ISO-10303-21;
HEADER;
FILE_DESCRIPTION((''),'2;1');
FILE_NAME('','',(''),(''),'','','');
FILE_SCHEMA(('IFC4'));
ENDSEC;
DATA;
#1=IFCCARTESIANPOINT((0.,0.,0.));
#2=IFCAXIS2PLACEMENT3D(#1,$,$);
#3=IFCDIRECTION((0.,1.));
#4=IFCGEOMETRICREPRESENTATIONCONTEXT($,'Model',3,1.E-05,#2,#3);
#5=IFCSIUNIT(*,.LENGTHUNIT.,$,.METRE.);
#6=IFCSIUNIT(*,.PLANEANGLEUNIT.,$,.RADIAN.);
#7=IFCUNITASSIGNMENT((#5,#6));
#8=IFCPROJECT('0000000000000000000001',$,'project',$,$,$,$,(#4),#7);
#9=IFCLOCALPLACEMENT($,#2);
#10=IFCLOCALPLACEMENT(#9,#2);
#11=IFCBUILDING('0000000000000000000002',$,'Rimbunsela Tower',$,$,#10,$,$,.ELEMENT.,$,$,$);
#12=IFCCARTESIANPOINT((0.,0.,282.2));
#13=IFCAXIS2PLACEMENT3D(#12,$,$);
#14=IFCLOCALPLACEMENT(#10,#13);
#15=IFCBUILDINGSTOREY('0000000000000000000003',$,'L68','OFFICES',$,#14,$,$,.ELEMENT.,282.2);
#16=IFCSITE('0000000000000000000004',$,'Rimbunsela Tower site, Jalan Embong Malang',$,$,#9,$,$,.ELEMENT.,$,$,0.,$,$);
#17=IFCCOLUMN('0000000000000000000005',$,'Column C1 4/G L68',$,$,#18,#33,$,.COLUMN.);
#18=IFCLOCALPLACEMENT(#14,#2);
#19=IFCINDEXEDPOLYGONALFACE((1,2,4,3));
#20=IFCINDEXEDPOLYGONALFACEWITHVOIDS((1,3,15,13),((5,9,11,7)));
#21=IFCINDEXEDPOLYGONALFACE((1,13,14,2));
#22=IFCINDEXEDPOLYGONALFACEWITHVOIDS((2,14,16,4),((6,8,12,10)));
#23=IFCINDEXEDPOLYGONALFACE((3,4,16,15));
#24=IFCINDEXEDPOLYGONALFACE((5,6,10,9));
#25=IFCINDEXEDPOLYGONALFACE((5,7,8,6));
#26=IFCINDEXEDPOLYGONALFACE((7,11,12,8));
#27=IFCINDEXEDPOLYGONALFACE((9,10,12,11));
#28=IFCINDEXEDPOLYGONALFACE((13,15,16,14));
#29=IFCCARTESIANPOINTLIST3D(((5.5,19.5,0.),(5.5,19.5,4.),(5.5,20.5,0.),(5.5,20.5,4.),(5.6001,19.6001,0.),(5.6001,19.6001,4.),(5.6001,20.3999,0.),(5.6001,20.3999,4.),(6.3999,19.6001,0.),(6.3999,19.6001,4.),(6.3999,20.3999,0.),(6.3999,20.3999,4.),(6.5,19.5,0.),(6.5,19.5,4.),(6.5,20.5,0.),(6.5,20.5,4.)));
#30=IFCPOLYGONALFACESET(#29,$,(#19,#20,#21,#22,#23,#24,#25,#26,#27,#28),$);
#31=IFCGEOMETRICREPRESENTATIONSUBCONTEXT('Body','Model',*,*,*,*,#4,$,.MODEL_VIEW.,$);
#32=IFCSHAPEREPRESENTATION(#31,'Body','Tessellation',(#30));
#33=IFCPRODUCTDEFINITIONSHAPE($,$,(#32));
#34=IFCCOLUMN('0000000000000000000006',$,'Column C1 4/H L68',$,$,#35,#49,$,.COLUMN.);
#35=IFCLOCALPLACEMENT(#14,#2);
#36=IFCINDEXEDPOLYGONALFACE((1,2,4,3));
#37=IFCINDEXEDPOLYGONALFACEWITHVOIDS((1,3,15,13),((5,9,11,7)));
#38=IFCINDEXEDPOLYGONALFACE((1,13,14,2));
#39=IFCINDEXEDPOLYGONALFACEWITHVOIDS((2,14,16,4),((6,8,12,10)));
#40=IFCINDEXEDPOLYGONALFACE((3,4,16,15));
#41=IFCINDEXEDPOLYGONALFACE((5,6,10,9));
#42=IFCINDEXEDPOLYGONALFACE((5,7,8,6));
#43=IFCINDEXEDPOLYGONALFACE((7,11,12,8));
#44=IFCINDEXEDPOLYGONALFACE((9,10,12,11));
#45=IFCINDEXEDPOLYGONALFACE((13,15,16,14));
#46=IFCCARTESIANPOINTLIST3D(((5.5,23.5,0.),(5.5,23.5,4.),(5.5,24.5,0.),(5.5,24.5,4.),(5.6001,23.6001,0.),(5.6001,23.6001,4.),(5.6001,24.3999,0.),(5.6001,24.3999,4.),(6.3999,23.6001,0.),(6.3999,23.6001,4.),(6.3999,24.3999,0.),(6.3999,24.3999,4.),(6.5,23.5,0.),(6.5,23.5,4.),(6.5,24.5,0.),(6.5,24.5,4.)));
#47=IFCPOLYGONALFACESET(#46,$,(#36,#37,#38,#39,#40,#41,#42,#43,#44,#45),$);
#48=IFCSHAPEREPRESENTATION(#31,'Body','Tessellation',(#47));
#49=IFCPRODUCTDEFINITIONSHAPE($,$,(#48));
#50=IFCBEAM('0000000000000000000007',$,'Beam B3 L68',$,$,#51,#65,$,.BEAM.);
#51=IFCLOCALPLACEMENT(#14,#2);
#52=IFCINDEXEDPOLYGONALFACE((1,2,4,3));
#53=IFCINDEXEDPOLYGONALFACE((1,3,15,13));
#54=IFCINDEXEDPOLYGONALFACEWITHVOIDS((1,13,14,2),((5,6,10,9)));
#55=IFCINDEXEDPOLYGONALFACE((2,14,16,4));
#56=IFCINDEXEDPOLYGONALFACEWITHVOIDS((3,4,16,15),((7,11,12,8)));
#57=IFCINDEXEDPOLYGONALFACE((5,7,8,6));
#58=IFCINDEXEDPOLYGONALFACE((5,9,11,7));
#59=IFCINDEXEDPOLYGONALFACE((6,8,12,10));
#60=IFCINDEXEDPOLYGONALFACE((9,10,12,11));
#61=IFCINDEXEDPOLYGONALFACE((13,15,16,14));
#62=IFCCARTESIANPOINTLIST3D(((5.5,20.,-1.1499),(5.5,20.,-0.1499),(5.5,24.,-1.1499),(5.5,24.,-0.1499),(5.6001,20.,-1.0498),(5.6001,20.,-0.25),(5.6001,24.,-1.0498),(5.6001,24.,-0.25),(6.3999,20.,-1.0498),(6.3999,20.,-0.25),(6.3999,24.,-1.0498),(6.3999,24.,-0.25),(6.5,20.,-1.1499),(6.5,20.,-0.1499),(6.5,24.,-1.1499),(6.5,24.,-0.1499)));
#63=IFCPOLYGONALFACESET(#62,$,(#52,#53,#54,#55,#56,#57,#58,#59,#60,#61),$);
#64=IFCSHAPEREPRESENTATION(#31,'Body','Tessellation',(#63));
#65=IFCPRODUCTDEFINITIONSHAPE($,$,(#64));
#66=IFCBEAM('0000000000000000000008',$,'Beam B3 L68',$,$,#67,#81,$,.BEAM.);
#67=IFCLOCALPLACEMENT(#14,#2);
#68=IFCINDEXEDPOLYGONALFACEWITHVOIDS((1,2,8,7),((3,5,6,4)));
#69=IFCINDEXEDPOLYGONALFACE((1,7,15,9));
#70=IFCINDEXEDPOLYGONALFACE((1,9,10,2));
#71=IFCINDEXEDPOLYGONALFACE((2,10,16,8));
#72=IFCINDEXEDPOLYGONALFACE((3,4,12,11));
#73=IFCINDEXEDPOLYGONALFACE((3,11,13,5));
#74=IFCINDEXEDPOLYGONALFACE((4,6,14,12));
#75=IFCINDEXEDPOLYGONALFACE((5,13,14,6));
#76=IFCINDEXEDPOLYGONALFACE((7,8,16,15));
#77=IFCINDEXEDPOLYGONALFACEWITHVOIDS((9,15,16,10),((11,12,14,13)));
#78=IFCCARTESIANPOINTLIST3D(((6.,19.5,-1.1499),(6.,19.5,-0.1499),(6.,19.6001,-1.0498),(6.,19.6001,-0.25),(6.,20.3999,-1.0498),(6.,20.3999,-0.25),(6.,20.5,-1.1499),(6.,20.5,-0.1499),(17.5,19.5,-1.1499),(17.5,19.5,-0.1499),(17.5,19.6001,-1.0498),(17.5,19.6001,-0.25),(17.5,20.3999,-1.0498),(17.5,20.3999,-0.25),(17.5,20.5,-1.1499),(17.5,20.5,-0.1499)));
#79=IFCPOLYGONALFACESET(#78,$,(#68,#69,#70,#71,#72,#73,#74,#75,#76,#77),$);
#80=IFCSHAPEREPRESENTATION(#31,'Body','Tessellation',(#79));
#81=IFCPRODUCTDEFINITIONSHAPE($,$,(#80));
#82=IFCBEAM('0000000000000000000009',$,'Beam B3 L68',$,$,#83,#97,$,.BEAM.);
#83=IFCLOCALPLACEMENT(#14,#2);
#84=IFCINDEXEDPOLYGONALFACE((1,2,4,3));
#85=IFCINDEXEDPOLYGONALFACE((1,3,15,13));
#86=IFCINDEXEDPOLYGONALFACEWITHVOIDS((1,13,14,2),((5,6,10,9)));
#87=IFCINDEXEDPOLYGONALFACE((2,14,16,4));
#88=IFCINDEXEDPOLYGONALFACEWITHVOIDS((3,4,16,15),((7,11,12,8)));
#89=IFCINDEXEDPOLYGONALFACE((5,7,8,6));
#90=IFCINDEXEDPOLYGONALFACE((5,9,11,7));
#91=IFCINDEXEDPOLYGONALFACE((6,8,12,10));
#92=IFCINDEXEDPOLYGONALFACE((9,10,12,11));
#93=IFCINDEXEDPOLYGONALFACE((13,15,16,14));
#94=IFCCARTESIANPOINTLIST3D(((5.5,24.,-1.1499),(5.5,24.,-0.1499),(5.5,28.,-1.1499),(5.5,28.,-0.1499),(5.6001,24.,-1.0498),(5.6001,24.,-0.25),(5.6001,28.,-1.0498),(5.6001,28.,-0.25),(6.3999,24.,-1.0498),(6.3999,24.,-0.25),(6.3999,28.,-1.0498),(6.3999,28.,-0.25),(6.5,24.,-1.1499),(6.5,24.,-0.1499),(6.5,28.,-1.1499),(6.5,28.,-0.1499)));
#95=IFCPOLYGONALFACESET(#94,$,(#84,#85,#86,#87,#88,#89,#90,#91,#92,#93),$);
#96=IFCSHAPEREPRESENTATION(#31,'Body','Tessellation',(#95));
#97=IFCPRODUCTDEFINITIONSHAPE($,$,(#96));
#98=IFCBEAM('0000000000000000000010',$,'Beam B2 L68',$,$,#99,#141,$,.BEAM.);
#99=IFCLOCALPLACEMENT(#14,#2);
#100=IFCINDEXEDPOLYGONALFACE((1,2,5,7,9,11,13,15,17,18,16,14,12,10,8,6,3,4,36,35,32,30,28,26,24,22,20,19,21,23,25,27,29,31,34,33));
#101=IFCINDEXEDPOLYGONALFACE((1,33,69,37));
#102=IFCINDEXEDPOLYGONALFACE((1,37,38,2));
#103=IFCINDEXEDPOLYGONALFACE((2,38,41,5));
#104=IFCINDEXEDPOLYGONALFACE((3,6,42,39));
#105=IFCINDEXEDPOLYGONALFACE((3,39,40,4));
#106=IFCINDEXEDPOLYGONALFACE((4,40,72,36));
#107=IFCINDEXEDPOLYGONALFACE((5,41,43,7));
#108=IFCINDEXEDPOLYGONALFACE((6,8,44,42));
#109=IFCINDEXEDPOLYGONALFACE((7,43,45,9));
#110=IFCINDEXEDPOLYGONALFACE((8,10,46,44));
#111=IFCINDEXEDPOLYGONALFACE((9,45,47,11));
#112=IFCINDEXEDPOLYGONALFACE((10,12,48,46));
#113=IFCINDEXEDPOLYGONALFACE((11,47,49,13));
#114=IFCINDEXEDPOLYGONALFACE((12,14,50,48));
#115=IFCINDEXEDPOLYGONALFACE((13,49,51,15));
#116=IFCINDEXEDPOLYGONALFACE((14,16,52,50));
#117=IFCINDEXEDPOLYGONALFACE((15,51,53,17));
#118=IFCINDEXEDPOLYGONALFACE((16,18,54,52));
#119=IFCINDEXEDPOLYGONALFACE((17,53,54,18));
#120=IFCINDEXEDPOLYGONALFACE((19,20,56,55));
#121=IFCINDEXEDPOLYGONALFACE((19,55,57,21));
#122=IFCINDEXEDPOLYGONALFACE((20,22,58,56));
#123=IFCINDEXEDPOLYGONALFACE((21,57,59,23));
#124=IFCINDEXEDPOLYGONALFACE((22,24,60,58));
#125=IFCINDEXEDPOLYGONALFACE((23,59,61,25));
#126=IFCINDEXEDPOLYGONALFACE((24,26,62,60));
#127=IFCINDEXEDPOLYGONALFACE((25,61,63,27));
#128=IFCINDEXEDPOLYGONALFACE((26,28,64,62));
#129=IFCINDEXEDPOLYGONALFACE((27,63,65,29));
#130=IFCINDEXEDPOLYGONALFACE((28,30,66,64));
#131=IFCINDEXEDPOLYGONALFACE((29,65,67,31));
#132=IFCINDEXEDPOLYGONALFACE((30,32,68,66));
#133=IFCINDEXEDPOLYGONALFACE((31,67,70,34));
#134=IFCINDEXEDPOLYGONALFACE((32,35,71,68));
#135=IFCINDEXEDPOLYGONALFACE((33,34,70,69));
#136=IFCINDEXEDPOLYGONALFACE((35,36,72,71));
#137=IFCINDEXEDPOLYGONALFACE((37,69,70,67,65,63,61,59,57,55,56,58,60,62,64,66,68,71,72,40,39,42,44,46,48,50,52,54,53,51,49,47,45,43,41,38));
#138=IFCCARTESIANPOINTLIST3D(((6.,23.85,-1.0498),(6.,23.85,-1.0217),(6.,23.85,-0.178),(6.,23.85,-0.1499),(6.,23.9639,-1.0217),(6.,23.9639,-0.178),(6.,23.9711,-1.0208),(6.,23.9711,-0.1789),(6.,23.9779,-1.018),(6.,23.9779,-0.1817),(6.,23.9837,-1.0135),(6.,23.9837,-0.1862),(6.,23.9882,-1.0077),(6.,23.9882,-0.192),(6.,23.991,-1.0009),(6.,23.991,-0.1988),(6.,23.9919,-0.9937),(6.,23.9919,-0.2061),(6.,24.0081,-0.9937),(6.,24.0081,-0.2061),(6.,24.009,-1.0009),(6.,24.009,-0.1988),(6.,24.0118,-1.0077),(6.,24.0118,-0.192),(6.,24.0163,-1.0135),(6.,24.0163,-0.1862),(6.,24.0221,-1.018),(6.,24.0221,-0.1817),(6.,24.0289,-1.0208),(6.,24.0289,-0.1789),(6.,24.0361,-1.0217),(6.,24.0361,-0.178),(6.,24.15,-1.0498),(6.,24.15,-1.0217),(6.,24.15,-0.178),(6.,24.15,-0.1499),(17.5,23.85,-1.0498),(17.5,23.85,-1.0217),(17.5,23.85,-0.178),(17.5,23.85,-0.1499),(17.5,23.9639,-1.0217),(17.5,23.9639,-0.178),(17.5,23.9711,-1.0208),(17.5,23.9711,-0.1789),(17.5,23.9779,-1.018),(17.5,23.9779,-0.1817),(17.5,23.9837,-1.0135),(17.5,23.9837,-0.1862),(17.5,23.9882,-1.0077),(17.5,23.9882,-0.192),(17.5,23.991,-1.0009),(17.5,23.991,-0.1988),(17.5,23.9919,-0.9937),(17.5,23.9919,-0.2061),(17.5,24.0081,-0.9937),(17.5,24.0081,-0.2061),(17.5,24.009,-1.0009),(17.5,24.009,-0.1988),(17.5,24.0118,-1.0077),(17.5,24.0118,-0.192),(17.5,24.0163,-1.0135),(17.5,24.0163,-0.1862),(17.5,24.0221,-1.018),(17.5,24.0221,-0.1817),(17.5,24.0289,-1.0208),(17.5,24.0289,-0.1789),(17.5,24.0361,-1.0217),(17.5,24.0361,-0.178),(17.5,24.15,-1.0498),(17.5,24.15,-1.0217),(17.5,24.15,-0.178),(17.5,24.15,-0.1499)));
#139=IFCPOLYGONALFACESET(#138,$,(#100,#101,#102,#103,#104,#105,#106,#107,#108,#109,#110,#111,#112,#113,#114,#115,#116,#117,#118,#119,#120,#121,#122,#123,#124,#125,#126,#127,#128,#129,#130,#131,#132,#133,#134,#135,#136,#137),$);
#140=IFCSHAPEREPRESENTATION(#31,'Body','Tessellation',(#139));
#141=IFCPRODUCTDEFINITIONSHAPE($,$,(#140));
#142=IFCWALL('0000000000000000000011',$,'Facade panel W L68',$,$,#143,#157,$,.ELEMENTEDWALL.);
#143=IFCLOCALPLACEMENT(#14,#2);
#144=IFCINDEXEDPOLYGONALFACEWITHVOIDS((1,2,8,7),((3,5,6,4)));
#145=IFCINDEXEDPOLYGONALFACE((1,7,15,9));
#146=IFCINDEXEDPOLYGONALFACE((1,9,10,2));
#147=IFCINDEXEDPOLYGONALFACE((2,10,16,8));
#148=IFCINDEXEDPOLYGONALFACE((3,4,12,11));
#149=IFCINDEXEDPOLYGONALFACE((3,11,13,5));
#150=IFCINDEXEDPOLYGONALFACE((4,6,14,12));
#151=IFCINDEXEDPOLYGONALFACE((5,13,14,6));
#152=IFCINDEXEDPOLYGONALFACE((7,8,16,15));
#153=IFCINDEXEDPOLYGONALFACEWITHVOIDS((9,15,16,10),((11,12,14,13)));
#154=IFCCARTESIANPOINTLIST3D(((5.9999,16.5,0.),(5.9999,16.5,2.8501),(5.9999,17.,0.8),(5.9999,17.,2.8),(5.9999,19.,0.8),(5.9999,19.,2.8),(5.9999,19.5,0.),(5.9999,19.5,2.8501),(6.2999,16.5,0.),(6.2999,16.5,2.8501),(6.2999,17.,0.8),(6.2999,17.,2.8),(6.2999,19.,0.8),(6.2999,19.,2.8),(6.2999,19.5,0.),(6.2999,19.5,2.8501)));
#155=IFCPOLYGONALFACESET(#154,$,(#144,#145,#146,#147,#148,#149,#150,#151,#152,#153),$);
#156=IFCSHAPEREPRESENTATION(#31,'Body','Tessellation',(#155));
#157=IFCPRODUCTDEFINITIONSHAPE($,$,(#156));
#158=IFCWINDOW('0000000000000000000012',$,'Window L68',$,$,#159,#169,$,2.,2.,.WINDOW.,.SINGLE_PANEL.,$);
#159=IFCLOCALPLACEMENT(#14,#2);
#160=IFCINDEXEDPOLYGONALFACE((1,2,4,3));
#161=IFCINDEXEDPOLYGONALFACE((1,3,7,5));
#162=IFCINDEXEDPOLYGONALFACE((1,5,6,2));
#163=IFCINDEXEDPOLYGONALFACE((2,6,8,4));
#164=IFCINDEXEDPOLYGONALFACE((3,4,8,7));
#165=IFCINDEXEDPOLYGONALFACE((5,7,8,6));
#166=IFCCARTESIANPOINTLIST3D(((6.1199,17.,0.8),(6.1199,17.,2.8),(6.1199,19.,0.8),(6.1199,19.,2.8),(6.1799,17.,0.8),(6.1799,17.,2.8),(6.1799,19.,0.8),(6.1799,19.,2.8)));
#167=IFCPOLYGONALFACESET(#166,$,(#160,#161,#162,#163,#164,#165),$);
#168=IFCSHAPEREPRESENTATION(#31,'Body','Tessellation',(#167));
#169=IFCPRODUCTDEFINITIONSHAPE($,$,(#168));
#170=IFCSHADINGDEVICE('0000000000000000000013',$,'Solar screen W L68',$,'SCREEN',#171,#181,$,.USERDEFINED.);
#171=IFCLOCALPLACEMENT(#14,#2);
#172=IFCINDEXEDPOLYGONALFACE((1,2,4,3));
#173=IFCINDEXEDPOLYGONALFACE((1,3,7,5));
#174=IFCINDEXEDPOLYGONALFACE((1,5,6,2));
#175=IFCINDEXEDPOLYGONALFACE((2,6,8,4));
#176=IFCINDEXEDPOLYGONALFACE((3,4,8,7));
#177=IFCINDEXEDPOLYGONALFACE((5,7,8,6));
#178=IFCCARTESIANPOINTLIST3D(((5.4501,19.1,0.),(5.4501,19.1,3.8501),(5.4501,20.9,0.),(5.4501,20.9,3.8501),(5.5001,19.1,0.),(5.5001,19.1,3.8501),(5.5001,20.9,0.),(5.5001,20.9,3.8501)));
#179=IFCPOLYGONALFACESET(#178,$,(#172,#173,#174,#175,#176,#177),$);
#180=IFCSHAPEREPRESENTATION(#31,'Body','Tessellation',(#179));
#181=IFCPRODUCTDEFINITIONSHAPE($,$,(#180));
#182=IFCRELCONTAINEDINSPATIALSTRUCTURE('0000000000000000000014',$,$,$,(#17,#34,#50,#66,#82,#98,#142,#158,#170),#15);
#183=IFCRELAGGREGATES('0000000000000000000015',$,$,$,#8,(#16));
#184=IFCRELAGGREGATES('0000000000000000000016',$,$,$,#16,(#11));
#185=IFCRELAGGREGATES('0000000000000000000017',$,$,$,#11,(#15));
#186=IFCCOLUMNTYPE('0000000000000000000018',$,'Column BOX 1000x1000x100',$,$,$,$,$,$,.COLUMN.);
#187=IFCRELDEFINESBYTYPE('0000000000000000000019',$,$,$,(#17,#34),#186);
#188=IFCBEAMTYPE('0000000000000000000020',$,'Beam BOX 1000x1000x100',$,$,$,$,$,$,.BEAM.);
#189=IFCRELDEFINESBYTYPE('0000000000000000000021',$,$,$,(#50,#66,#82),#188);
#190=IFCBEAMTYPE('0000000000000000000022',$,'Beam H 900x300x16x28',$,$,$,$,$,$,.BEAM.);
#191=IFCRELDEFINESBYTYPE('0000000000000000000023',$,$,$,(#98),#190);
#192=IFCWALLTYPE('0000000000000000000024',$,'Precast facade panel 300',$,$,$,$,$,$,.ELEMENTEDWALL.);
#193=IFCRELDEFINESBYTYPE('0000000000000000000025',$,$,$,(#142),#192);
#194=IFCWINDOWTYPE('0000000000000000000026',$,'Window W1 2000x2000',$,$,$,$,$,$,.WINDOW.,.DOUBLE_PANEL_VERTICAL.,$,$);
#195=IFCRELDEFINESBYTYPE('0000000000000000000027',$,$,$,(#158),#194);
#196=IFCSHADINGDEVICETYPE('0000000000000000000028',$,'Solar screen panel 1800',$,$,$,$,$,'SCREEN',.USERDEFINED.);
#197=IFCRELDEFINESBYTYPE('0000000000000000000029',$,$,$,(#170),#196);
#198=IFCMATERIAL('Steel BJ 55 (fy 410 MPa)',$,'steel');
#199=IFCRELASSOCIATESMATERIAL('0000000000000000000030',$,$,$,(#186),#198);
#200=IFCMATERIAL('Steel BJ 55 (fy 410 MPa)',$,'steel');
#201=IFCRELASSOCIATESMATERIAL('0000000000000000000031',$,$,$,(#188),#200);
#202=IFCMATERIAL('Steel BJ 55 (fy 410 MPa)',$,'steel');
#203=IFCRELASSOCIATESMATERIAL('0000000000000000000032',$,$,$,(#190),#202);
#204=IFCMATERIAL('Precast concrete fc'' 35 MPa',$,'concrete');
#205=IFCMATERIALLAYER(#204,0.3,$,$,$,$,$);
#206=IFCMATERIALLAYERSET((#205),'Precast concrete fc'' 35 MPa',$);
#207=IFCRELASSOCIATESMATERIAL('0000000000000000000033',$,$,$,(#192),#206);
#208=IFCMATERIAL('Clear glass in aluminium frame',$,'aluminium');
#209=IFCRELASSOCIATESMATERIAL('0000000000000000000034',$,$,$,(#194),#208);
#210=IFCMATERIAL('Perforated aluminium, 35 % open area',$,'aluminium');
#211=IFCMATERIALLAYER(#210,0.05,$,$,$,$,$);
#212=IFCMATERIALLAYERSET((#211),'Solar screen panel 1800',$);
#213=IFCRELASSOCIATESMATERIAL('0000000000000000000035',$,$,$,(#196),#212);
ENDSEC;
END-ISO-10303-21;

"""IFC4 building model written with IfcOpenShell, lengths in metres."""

from ifc_helpers import new_model, si_unit, direction, frame, frame_2d, origin, origin_2d, place, context, subcontext, project, spatial, rectangle, hollow_rectangle, i_section, extrude, material, layer, layer_set, material_profile, profile_set, type_object, element, fill, save


model = new_model("IFC4")

# Units and contexts
model_context = context("Model", 3, precision=1e-05, world=origin(), true_north=direction((0.0, 1.0)))
body_context = subcontext(model_context, "Body", "Model", "MODEL_VIEW")
ifc_project = project(units=[si_unit("LENGTHUNIT", "METRE"), si_unit("PLANEANGLEUNIT", "RADIAN")], contexts=[model_context])

# Site, building, storey
site_placement = place(None, origin())
site = spatial("IfcSite", under=ifc_project, at=site_placement, Name="Rimbunsela Tower site, Jalan Embong Malang", CompositionType="ELEMENT", RefElevation=0.0)
building_placement = place(site_placement, origin())
building = spatial("IfcBuilding", under=site, at=building_placement, Name="Rimbunsela Tower", CompositionType="ELEMENT")
storey_placement = place(building_placement, frame((0.0, 0.0, 282.2)))
storey = spatial("IfcBuildingStorey", under=building, at=storey_placement, Name="L68", Description="OFFICES", CompositionType="ELEMENT", Elevation=282.2)

# Columns
ifc_material_1 = material(Name="Steel BJ 55 (fy 410 MPa)", Category="steel")
ifc_material_profile_1 = material_profile(ifc_material_1, hollow_rectangle(XDim=1.0, YDim=1.0, WallThickness=0.1001, at=origin_2d()), Name="BOX 1000x1000x100")
ifc_profile_set_1 = profile_set([ifc_material_profile_1], Name="Steel BJ 55 (fy 410 MPa)")
column_type = type_object("IfcColumnType", Name="Column BOX 1000x1000x100", PredefinedType="COLUMN", material=ifc_profile_set_1)
for number, where, z_axis, x_axis, name in (
    (1, (6.0, 20.0, 0.0), (0.0, 0.0, 1.0), (1.0, 0.0, 0.0), "Column C1 4/G L68"),
    (2, (6.0, 24.0, 0.0), (0.0, 0.0, 1.0), (1.0, 0.0, 0.0), "Column C1 4/H L68"),
):
    element("IfcColumn", number, at=place(storey_placement, frame(where, z_axis=z_axis, x_axis=x_axis)), inside=storey, type_object=column_type, Name=name, PredefinedType="COLUMN", context=body_context, shape_type="SweptSolid", body=[
        extrude(hollow_rectangle(XDim=1.0, YDim=1.0, WallThickness=0.1001, at=origin_2d()), origin(), (0.0, 0.0, 1.0), 4.0),
    ])

# Beams
ifc_material_2 = material(Name="Steel BJ 55 (fy 410 MPa)", Category="steel")
ifc_material_profile_2 = material_profile(ifc_material_2, hollow_rectangle(XDim=1.0, YDim=1.0, WallThickness=0.1001, at=origin_2d()), Name="BOX 1000x1000x100")
ifc_profile_set_2 = profile_set([ifc_material_profile_2], Name="Steel BJ 55 (fy 410 MPa)")
beam_type_1 = type_object("IfcBeamType", Name="Beam BOX 1000x1000x100", PredefinedType="BEAM", material=ifc_profile_set_2)
beam_1_placement = place(storey_placement, frame((6.0, 20.0, -0.6499), z_axis=(0.0, 1.0, 0.0), x_axis=(-1.0, 0.0, 0.0)))
element("IfcBeam", 3, at=beam_1_placement, inside=storey, type_object=beam_type_1, Name="Beam B3 L68", PredefinedType="BEAM", context=body_context, shape_type="SweptSolid", body=[
    extrude(hollow_rectangle(XDim=1.0, YDim=1.0, WallThickness=0.1001, at=origin_2d()), origin(), (0.0, 0.0, 1.0), 4.0),
])
beam_2_placement = place(storey_placement, frame((6.0, 20.0, -0.6499), z_axis=(1.0, 0.0, 0.0), x_axis=(0.0, 1.0, 0.0)))
element("IfcBeam", 4, at=beam_2_placement, inside=storey, type_object=beam_type_1, Name="Beam B3 L68", PredefinedType="BEAM", context=body_context, shape_type="SweptSolid", body=[
    extrude(hollow_rectangle(XDim=1.0, YDim=1.0, WallThickness=0.1001, at=origin_2d()), origin(), (0.0, 0.0, 1.0), 11.5),
])
beam_3_placement = place(storey_placement, frame((6.0, 24.0, -0.6499), z_axis=(0.0, 1.0, 0.0), x_axis=(-1.0, 0.0, 0.0)))
element("IfcBeam", 5, at=beam_3_placement, inside=storey, type_object=beam_type_1, Name="Beam B3 L68", PredefinedType="BEAM", context=body_context, shape_type="SweptSolid", body=[
    extrude(hollow_rectangle(XDim=1.0, YDim=1.0, WallThickness=0.1001, at=origin_2d()), origin(), (0.0, 0.0, 1.0), 4.0),
])
ifc_material_3 = material(Name="Steel BJ 55 (fy 410 MPa)", Category="steel")
ifc_material_profile_3 = material_profile(ifc_material_3, i_section(OverallWidth=0.3, OverallDepth=0.8999, WebThickness=0.0161, FlangeThickness=0.0281, FilletRadius=0.0281, at=origin_2d()), Name="H 900x300x16x28")
ifc_profile_set_3 = profile_set([ifc_material_profile_3], Name="Steel BJ 55 (fy 410 MPa)")
beam_type_2 = type_object("IfcBeamType", Name="Beam H 900x300x16x28", PredefinedType="BEAM", material=ifc_profile_set_3)
beam_4_placement = place(storey_placement, frame((6.0, 24.0, -0.5999), z_axis=(1.0, 0.0, 0.0), x_axis=(0.0, 1.0, 0.0)))
element("IfcBeam", 6, at=beam_4_placement, inside=storey, type_object=beam_type_2, Name="Beam B2 L68", PredefinedType="BEAM", context=body_context, shape_type="SweptSolid", body=[
    extrude(i_section(OverallWidth=0.3, OverallDepth=0.8999, WebThickness=0.0161, FlangeThickness=0.0281, FilletRadius=0.0281, at=origin_2d()), origin(), (0.0, 0.0, 1.0), 11.5),
])

# Wall, opening, window
ifc_material_4 = material(Name="Precast concrete fc' 35 MPa", Category="concrete")
ifc_layer_1 = layer(ifc_material_4, 0.3)
ifc_layer_set_1 = layer_set([ifc_layer_1], Name="Precast concrete fc' 35 MPa")
wall_type = type_object("IfcWallType", Name="Precast facade panel 300", PredefinedType="ELEMENTEDWALL", material=ifc_layer_set_1)
wall_placement = place(storey_placement, frame((6.1499, 19.5, 0.0), z_axis=(0.0, 0.0, 1.0), x_axis=(0.0, -1.0, 0.0)))
wall = element("IfcWall", 7, at=wall_placement, inside=storey, type_object=wall_type, Name="Facade panel W L68", PredefinedType="ELEMENTEDWALL", context=body_context, shape_type="SweptSolid", body=[
    extrude(rectangle(XDim=3.0, YDim=0.3, at=frame_2d((1.5, 0.0))), origin(), (0.0, 0.0, 1.0), 2.8501),
])
opening_placement = place(wall_placement, frame((0.5, 0.0, 0.8)))
opening = element("IfcOpeningElement", 8, at=opening_placement, cuts=wall, PredefinedType="OPENING", context=body_context, shape_type="SweptSolid", body=[
    extrude(rectangle(XDim=2.0, YDim=2.0, at=frame_2d((1.0, 1.0))), frame((0.0, 0.1599, 0.0), z_axis=(0.0, -1.0, 0.0), x_axis=(1.0, 0.0, 0.0)), (0.0, 0.0, 1.0), 0.3201),
])
ifc_material_5 = material(Name="Clear glass in aluminium frame", Category="aluminium")
window_type = type_object("IfcWindowType", Name="Window W1 2000x2000", PartitioningType="DOUBLE_PANEL_VERTICAL", PredefinedType="WINDOW", material=ifc_material_5)
window_placement = place(opening_placement, origin())
window = element("IfcWindow", 9, at=window_placement, inside=storey, type_object=window_type, Name="Window L68", OverallHeight=2.0, OverallWidth=2.0, PartitioningType="SINGLE_PANEL", PredefinedType="WINDOW", context=body_context, shape_type="SweptSolid", body=[
    extrude(rectangle(XDim=2.0, YDim=2.0, at=frame_2d((1.0, 1.0))), frame((0.0, 0.03, 0.0), z_axis=(0.0, -1.0, 0.0), x_axis=(1.0, 0.0, 0.0)), (0.0, 0.0, 1.0), 0.0601),
])
fill(opening, window)

# Shading device
ifc_material_6 = material(Name="Perforated aluminium, 35 % open area", Category="aluminium")
ifc_layer_2 = layer(ifc_material_6, 0.05)
ifc_layer_set_2 = layer_set([ifc_layer_2], Name="Solar screen panel 1800")
shading_device_type = type_object("IfcShadingDeviceType", Name="Solar screen panel 1800", ElementType="SCREEN", PredefinedType="USERDEFINED", material=ifc_layer_set_2)
for number, where, z_axis, x_axis, name in (
    (10, (5.4751, 20.0, 0.0), (0.0, 0.0, 1.0), (0.0, 1.0, 0.0), "Solar screen W L68"),
):
    element("IfcShadingDevice", number, at=place(storey_placement, frame(where, z_axis=z_axis, x_axis=x_axis)), inside=storey, type_object=shading_device_type, Name=name, ObjectType="SCREEN", PredefinedType="USERDEFINED", context=body_context, shape_type="SweptSolid", body=[
        extrude(rectangle(XDim=1.8, YDim=0.05, at=origin_2d()), origin(), (0.0, 0.0, 1.0), 3.8501),
    ])

save(model, "model.ifc")
